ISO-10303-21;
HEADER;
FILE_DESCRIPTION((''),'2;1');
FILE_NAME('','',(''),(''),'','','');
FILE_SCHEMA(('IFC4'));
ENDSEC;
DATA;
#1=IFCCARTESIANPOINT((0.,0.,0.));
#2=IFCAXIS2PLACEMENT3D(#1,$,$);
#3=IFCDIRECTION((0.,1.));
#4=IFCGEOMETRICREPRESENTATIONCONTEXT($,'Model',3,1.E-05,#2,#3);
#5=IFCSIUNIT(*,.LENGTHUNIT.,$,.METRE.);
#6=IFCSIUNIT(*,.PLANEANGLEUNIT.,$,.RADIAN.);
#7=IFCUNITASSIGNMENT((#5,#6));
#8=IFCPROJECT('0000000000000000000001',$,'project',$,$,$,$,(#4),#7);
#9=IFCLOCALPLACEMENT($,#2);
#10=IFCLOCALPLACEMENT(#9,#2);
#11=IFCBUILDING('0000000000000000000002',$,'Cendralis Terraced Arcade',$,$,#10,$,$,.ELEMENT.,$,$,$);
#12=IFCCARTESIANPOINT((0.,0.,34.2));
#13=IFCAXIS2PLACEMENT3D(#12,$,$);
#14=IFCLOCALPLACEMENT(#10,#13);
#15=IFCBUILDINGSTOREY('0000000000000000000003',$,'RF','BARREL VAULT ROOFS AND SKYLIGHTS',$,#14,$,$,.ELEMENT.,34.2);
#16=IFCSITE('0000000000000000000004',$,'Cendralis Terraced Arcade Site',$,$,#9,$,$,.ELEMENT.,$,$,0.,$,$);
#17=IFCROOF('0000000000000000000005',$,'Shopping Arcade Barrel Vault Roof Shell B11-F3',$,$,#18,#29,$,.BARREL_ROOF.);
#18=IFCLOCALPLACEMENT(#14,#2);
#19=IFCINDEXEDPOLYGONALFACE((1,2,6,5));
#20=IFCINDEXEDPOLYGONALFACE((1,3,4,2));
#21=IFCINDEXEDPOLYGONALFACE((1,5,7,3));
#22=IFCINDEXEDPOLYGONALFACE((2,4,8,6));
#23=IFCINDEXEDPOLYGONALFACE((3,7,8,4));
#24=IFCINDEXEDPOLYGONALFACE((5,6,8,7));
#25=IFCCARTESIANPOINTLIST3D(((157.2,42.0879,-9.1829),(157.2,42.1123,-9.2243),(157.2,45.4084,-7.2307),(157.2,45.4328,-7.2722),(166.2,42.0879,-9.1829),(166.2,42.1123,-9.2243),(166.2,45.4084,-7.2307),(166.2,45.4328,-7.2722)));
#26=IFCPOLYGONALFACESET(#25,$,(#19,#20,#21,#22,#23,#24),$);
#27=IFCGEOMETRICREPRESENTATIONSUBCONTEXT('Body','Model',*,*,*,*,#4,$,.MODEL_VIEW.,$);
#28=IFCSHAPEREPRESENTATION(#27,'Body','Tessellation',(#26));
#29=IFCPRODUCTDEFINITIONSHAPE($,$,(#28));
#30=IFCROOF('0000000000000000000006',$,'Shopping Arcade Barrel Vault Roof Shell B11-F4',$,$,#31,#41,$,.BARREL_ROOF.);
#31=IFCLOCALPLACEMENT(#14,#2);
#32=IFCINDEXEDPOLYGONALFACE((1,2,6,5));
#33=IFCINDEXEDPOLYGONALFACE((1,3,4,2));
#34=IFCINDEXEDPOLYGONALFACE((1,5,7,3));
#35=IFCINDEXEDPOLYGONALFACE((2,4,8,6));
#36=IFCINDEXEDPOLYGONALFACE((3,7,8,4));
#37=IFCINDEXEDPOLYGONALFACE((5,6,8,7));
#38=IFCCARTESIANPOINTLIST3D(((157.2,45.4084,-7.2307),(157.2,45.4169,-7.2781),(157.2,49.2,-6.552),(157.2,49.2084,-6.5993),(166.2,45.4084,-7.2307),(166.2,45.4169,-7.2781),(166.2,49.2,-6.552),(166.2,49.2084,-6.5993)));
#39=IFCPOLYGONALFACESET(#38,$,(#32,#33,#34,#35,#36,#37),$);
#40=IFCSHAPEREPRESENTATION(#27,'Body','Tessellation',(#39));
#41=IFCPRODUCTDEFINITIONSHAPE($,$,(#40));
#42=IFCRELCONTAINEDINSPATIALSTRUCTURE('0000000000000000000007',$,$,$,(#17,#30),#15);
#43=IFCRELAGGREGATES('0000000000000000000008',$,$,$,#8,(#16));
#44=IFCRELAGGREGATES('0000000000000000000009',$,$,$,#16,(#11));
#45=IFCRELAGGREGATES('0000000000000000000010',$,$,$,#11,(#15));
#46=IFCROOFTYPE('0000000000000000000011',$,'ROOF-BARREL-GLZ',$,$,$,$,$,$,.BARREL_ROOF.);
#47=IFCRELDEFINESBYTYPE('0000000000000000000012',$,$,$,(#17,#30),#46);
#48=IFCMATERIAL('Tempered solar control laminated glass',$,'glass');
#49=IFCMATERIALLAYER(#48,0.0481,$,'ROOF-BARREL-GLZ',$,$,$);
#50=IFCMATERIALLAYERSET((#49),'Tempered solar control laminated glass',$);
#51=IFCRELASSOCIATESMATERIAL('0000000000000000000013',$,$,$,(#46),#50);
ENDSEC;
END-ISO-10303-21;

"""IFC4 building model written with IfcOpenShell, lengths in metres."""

from ifc_helpers import new_model, si_unit, direction, frame, origin, place, context, subcontext, project, spatial, polyline, outline, extrude, material, layer, layer_set, type_object, element, save


model = new_model("IFC4")

# Units and contexts
model_context = context("Model", 3, precision=1e-05, world=origin(), true_north=direction((0.0, 1.0)))
body_context = subcontext(model_context, "Body", "Model", "MODEL_VIEW")
ifc_project = project(units=[si_unit("LENGTHUNIT", "METRE"), si_unit("PLANEANGLEUNIT", "RADIAN")], contexts=[model_context])

# Site, building, storey
site_placement = place(None, origin())
site = spatial("IfcSite", under=ifc_project, at=site_placement, Name="Cendralis Terraced Arcade Site", CompositionType="ELEMENT", RefElevation=0.0)
building_placement = place(site_placement, origin())
building = spatial("IfcBuilding", under=site, at=building_placement, Name="Cendralis Terraced Arcade", CompositionType="ELEMENT")
storey_placement = place(building_placement, frame((0.0, 0.0, 34.2)))
storey = spatial("IfcBuildingStorey", under=building, at=storey_placement, Name="RF", Description="BARREL VAULT ROOFS AND SKYLIGHTS", CompositionType="ELEMENT", Elevation=34.2)

# Roofs
ifc_material_1 = material(Name="Tempered solar control laminated glass", Category="glass")
ifc_layer_1 = layer(ifc_material_1, 0.0481, Name="ROOF-BARREL-GLZ")
ifc_layer_set_1 = layer_set([ifc_layer_1], Name="Tempered solar control laminated glass")
roof_type = type_object("IfcRoofType", Name="ROOF-BARREL-GLZ", PredefinedType="BARREL_ROOF", material=ifc_layer_set_1)
roof_1_placement = place(storey_placement, frame((157.2, 42.0879, -9.1829), z_axis=(0.0, -0.506804, 0.862061), x_axis=(1.0, 0.0, 0.0)))
element("IfcRoof", 1, at=roof_1_placement, inside=storey, type_object=roof_type, Name="Shopping Arcade Barrel Vault Roof Shell B11-F3", PredefinedType="BARREL_ROOF", context=body_context, shape_type="SweptSolid", body=[
    extrude(outline(polyline([(0.0, 0.0), (9.0, 0.0), (9.0, 3.8519), (0.0, 3.8519), (0.0, 0.0)])), origin(), (0.0, 0.0, -1.0), 0.0481),
])
roof_2_placement = place(storey_placement, frame((157.2, 45.4084, -7.2307), z_axis=(0.0, -0.176207, 0.984353), x_axis=(1.0, 0.0, 0.0)))
element("IfcRoof", 2, at=roof_2_placement, inside=storey, type_object=roof_type, Name="Shopping Arcade Barrel Vault Roof Shell B11-F4", PredefinedType="BARREL_ROOF", context=body_context, shape_type="SweptSolid", body=[
    extrude(outline(polyline([(0.0, 0.0), (9.0, 0.0), (9.0, 3.8518), (0.0, 3.8518), (0.0, 0.0)])), origin(), (0.0, 0.0, -1.0), 0.0481),
])

save(model, "model.ifc")
